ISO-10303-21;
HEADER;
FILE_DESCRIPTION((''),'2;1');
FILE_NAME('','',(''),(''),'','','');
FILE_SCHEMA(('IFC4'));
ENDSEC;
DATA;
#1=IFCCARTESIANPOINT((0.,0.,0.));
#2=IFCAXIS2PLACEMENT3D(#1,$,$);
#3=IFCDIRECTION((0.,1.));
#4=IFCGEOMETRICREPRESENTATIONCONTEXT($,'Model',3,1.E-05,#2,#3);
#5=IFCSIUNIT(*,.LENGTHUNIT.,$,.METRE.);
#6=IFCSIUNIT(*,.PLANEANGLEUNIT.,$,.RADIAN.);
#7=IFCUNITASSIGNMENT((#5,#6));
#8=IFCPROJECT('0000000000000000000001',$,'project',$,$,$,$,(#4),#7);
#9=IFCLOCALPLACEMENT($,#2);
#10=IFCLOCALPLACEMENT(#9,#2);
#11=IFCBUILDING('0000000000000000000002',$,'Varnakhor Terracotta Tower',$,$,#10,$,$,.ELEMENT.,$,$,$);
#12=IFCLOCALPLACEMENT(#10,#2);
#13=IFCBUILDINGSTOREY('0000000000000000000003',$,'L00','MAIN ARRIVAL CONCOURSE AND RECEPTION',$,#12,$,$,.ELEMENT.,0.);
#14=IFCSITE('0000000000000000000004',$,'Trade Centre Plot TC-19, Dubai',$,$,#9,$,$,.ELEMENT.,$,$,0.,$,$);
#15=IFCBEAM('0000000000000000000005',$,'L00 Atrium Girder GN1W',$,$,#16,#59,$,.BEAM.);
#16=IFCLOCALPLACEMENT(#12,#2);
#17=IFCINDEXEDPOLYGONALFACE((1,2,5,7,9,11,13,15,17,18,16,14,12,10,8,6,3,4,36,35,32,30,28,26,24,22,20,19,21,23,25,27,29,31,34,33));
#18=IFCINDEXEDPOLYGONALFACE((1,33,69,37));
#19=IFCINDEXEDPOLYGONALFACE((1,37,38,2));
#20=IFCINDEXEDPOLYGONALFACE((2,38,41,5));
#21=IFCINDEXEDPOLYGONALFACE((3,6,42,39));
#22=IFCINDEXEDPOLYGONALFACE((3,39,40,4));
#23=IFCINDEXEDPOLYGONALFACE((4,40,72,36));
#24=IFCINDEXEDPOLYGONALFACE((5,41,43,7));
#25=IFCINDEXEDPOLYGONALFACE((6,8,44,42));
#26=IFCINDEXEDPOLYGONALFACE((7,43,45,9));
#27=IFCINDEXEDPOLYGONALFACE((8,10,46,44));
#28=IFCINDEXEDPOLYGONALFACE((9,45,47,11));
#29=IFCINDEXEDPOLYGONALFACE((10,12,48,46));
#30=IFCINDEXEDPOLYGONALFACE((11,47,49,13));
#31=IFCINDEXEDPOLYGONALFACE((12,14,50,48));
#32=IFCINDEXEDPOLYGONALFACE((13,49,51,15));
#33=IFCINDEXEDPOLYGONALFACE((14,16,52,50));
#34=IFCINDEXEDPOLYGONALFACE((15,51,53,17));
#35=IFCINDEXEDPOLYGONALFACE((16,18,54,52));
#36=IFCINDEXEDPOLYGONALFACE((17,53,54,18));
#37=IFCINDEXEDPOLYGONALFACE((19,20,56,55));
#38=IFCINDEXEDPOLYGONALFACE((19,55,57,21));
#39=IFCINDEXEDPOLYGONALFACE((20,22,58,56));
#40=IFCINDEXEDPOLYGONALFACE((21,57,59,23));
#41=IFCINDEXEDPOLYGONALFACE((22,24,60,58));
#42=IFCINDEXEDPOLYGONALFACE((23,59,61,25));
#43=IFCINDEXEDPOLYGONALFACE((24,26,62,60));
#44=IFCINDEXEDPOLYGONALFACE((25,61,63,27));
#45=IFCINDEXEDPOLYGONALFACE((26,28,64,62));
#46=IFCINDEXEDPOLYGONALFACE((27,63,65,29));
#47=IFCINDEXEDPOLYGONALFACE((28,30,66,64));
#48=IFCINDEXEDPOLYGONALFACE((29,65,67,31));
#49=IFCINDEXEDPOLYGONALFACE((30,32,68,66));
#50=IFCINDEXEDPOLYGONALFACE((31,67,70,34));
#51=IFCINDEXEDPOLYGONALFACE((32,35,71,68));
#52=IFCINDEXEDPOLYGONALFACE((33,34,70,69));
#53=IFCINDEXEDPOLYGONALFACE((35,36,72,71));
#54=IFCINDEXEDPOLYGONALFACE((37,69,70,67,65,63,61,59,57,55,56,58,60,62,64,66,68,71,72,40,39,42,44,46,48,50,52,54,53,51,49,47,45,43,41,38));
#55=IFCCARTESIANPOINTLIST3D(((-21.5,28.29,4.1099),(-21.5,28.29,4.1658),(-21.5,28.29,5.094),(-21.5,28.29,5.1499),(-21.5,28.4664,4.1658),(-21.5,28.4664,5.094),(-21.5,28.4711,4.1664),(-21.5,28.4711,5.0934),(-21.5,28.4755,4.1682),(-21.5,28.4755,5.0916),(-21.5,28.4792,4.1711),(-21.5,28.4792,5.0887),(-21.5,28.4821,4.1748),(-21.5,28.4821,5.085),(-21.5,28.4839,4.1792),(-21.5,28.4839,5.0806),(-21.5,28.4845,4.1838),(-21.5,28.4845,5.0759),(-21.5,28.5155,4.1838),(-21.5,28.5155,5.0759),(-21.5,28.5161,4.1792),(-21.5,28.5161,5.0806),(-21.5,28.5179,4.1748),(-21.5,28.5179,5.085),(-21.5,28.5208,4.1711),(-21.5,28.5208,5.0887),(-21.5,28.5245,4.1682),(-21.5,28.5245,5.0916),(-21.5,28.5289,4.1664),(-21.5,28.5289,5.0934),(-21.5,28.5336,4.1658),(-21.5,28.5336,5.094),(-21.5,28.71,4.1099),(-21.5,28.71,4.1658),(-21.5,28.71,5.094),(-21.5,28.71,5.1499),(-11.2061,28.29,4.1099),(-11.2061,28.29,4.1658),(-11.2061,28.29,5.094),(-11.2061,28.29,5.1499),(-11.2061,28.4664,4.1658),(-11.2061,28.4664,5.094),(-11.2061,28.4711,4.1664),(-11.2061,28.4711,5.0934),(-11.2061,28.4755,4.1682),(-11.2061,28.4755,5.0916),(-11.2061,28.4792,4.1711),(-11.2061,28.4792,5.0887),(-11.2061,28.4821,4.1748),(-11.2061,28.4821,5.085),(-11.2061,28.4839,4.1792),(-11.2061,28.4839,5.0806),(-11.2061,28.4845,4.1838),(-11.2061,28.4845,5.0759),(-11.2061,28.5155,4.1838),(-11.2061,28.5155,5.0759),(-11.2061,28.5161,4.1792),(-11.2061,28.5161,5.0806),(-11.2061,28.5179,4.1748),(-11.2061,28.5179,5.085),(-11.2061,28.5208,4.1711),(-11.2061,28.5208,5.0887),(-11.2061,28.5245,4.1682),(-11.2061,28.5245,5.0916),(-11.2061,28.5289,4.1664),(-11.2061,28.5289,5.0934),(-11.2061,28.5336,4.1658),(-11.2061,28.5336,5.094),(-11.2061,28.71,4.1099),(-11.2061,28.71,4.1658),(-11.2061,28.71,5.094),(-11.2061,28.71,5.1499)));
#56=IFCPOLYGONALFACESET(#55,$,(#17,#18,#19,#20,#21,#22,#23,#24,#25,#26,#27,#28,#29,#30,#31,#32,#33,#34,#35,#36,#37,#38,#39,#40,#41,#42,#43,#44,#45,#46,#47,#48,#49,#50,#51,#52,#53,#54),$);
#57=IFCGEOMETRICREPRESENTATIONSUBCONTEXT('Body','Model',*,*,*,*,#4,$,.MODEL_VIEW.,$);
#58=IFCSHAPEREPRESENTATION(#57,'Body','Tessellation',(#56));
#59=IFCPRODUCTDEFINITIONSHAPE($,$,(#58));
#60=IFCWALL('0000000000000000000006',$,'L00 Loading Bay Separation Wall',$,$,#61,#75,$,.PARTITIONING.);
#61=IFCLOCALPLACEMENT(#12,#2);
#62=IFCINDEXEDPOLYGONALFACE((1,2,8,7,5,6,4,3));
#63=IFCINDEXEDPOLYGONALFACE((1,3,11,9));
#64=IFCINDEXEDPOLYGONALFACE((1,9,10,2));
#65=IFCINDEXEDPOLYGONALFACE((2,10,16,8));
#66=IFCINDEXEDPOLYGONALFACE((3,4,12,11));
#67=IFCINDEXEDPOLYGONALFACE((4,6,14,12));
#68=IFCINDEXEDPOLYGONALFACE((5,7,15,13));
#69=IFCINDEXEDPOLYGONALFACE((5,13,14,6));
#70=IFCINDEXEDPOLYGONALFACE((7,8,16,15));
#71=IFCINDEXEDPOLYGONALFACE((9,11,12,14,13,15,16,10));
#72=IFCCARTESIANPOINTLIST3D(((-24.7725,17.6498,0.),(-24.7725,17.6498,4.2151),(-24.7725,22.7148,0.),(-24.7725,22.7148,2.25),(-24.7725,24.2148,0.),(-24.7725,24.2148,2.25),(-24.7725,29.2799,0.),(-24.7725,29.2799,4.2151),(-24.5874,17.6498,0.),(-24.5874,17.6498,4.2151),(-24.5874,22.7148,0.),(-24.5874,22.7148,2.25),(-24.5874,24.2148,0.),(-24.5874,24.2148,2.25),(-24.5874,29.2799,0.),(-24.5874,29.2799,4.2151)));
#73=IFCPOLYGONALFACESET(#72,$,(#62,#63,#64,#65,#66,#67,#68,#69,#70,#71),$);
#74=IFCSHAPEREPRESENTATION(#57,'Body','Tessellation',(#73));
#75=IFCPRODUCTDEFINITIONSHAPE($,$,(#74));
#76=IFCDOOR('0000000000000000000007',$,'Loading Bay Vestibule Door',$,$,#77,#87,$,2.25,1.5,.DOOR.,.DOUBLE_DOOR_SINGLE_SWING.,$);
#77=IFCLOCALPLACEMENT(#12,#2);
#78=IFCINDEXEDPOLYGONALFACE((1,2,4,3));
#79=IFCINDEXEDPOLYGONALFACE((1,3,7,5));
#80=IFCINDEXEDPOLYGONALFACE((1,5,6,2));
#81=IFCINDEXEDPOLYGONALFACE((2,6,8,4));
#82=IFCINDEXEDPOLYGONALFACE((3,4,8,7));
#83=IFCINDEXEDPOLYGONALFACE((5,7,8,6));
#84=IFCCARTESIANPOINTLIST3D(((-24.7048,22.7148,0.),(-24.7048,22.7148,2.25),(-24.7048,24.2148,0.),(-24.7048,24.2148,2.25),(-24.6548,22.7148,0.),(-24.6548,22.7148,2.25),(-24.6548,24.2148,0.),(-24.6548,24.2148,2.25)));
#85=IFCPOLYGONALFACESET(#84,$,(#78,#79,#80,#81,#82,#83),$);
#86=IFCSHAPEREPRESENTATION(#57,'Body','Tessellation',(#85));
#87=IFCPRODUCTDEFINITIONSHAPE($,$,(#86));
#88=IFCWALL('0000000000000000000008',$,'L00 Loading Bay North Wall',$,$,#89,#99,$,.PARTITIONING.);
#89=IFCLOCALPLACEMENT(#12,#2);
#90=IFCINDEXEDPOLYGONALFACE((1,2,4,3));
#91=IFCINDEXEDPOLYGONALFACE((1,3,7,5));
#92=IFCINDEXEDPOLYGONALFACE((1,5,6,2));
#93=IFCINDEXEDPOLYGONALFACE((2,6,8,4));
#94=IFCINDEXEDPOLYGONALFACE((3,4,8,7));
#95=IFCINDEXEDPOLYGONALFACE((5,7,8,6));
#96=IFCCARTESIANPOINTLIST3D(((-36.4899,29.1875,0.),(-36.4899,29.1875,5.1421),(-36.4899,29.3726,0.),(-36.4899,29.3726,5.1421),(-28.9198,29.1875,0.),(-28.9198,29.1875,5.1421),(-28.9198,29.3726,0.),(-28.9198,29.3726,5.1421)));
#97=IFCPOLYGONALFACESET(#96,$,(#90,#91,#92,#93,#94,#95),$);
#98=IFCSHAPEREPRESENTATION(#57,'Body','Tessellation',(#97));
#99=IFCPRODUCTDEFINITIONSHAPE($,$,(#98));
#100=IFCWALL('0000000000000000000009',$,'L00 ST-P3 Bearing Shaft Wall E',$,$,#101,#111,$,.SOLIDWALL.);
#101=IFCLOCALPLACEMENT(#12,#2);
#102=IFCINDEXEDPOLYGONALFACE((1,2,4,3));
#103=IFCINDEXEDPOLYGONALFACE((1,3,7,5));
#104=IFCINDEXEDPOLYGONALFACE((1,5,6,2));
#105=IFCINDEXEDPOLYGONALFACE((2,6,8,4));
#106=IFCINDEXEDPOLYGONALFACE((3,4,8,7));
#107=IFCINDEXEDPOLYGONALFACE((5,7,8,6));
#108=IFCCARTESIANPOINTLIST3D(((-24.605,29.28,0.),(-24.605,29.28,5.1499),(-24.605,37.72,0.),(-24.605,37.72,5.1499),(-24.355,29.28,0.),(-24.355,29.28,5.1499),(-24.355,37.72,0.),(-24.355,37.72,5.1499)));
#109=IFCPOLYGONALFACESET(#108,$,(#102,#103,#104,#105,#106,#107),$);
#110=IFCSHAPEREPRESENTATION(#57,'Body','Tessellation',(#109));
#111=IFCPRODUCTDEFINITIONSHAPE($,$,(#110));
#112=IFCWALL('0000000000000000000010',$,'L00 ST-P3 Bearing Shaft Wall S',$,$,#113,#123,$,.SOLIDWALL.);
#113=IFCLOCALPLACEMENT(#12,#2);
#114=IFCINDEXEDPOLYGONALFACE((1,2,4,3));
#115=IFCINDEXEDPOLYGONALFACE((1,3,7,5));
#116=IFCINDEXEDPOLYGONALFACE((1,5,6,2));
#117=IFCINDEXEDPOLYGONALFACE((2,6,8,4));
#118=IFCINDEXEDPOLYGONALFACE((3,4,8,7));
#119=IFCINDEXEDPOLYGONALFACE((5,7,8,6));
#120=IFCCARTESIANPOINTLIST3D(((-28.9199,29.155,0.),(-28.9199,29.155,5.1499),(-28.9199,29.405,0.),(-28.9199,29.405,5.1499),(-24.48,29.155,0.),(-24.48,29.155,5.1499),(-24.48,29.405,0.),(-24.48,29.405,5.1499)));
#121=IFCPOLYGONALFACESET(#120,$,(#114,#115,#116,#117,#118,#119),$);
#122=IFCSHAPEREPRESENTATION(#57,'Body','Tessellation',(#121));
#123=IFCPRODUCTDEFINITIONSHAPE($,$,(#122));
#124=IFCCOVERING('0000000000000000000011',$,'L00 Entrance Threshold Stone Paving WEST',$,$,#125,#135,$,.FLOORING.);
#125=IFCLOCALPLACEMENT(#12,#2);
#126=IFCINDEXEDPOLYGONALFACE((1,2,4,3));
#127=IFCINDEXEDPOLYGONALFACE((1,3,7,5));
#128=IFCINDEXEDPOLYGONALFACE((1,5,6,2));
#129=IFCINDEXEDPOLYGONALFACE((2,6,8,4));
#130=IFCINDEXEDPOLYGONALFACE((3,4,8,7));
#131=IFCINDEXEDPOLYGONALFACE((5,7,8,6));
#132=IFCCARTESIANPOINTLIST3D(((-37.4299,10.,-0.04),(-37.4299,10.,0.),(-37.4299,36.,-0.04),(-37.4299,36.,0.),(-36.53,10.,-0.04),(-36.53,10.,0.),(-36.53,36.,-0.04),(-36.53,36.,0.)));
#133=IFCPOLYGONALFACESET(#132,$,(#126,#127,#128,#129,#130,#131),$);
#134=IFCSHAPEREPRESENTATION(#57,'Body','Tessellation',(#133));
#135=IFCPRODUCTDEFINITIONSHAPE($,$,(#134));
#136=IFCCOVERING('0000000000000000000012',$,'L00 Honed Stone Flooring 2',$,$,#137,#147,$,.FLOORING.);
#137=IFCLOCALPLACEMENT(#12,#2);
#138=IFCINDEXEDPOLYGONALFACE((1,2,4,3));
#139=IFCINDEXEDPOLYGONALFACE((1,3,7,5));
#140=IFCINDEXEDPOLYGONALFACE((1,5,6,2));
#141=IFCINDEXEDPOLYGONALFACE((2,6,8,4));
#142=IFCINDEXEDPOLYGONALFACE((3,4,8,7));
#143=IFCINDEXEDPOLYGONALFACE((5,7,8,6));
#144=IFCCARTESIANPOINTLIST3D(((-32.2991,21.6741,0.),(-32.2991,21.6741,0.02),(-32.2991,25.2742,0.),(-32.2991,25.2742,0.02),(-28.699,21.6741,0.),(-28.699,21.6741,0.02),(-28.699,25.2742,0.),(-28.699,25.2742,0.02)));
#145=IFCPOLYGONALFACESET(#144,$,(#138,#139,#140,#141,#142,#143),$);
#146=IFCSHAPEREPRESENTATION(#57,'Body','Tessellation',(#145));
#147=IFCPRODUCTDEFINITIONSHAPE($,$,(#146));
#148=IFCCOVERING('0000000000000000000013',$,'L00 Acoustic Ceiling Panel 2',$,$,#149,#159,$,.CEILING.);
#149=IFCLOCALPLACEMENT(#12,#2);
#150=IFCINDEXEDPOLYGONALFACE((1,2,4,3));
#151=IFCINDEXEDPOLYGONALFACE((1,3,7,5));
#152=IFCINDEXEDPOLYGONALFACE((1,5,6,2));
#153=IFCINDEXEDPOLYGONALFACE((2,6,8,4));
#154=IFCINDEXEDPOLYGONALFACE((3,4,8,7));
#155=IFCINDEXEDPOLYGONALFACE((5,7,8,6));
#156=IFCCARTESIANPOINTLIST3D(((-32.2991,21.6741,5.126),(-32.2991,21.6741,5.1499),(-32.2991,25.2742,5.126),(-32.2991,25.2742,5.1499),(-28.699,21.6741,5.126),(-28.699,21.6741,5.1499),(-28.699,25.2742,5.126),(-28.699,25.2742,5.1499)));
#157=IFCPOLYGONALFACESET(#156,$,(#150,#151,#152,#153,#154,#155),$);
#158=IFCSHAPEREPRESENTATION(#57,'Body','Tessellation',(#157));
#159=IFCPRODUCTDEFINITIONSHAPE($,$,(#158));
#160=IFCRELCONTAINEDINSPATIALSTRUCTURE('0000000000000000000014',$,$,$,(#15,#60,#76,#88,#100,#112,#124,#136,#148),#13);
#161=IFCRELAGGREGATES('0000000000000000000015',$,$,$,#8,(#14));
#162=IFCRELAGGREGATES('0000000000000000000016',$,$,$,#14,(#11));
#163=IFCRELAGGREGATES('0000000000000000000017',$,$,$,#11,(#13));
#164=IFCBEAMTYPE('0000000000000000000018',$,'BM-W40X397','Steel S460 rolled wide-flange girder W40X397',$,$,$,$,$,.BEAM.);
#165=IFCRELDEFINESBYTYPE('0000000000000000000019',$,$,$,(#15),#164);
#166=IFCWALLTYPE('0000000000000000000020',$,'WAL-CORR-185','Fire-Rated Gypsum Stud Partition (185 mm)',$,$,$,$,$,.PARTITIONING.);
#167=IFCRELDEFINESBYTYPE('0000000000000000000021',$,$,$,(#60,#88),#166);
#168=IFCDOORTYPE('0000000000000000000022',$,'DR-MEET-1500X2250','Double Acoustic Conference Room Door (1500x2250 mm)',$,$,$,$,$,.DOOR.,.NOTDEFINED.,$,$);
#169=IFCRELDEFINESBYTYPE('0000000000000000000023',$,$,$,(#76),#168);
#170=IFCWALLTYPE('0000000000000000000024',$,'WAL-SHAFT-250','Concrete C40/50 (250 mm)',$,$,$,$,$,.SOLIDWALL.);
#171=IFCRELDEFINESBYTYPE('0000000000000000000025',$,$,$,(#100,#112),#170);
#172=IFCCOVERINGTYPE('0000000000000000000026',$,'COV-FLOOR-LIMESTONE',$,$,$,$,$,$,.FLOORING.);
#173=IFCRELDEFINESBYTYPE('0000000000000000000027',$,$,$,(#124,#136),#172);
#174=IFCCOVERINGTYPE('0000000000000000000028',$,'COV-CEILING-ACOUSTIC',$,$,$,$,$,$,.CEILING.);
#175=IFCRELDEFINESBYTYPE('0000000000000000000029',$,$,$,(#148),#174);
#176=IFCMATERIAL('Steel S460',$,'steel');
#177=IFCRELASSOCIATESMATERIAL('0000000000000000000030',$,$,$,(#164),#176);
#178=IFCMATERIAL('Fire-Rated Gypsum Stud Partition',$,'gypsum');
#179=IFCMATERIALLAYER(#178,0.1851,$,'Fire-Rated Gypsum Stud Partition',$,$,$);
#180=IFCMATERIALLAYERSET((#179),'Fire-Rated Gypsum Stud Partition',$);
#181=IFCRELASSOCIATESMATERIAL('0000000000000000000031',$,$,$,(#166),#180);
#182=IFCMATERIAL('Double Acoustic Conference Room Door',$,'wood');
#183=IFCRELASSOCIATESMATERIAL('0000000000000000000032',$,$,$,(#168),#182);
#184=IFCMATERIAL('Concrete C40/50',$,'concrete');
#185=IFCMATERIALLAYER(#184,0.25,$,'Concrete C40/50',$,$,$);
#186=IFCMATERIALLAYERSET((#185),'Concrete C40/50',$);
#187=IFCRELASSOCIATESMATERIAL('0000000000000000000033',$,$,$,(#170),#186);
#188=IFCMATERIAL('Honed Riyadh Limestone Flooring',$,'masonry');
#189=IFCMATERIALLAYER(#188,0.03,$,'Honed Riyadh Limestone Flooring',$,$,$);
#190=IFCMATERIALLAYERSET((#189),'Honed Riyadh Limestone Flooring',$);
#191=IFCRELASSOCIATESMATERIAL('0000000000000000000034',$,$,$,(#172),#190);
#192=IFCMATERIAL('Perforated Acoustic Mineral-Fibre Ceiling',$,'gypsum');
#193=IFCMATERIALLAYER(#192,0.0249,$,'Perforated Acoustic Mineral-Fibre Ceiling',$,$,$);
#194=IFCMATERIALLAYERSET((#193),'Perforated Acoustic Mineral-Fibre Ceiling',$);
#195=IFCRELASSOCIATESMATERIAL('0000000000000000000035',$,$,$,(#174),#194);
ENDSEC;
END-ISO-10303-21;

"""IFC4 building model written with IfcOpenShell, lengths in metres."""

from ifc_helpers import new_model, si_unit, direction, frame, frame_2d, origin, origin_2d, place, context, subcontext, project, spatial, rectangle, i_section, extrude, source, transform, mapped, material, layer, layer_set, material_profile, profile_set, type_object, type_shapes, element, fill, save


model = new_model("IFC4")

# Units and contexts
model_context = context("Model", 3, precision=1e-05, world=origin(), true_north=direction((0.0, 1.0)))
body_context = subcontext(model_context, "Body", "Model", "MODEL_VIEW")
ifc_project = project(units=[si_unit("LENGTHUNIT", "METRE"), si_unit("PLANEANGLEUNIT", "RADIAN")], contexts=[model_context])

# Site, building, storey
site_placement = place(None, origin())
site = spatial("IfcSite", under=ifc_project, at=site_placement, Name="Trade Centre Plot TC-19, Dubai", CompositionType="ELEMENT", RefElevation=0.0)
building_placement = place(site_placement, origin())
building = spatial("IfcBuilding", under=site, at=building_placement, Name="Varnakhor Terracotta Tower", CompositionType="ELEMENT")
storey_placement = place(building_placement, origin())
storey = spatial("IfcBuildingStorey", under=building, at=storey_placement, Name="L00", Description="MAIN ARRIVAL CONCOURSE AND RECEPTION", CompositionType="ELEMENT", Elevation=0.0)

# Shared definitions
ifc_material_1 = material(Name="Steel S460", Category="steel")

# Beam
ifc_material_profile_1 = material_profile(ifc_material_1, i_section(OverallWidth=0.4199, OverallDepth=1.04, WebThickness=0.031, FlangeThickness=0.0559, FilletRadius=0.0181, at=origin_2d()), Name="W40X397")
ifc_profile_set_1 = profile_set([ifc_material_profile_1], Name="Steel S460")
beam_type_1 = type_object("IfcBeamType", Name="BM-W40X397", Description="Steel S460 rolled wide-flange girder W40X397", PredefinedType="BEAM", material=ifc_profile_set_1)
shared_shape_1 = source(origin(), body_context, "Body", "SweptSolid", [
    extrude(i_section(OverallWidth=0.4199, OverallDepth=1.04, WebThickness=0.031, FlangeThickness=0.0559, FilletRadius=0.0181, at=origin_2d()), origin(), (0.0, 0.0, 1.0), 10.2939),
])
beam_1_placement = place(storey_placement, frame((-21.5, 28.5, 4.6299), z_axis=(1.0, 0.0, 0.0), x_axis=(0.0, 1.0, 0.0)))
element("IfcBeam", 1, at=beam_1_placement, inside=storey, type_object=beam_type_1, Name="L00 Atrium Girder GN1W", PredefinedType="BEAM", context=body_context, shape_type="MappedRepresentation", body=[
    mapped(shared_shape_1, transform((0.0, 0.0, 0.0), scale=1.0)),
])

# Wall, opening, door
ifc_material_2 = material(Name="Fire-Rated Gypsum Stud Partition", Category="gypsum")
ifc_layer_1 = layer(ifc_material_2, 0.1851, Name="Fire-Rated Gypsum Stud Partition")
ifc_layer_set_1 = layer_set([ifc_layer_1], Name="Fire-Rated Gypsum Stud Partition")
wall_type_1 = type_object("IfcWallType", Name="WAL-CORR-185", Description="Fire-Rated Gypsum Stud Partition (185 mm)", PredefinedType="PARTITIONING", material=ifc_layer_set_1)
wall_1_placement = place(storey_placement, frame((-24.6799, 17.6499, 0.0), z_axis=(0.0, 0.0, 1.0), x_axis=(0.0, 1.0, 0.0)))
wall_1 = element("IfcWall", 2, at=wall_1_placement, inside=storey, type_object=wall_type_1, Name="L00 Loading Bay Separation Wall", PredefinedType="PARTITIONING", context=body_context, shape_type="SweptSolid", body=[
    extrude(rectangle(XDim=11.6301, YDim=0.1851, at=frame_2d((5.8149, 0.0))), origin(), (0.0, 0.0, 1.0), 4.2151),
])
opening_placement = place(wall_1_placement, frame((5.0649, 0.0, 0.0)))
opening = element("IfcOpeningElement", 3, at=opening_placement, cuts=wall_1, PredefinedType="OPENING", context=body_context, shape_type="SweptSolid", body=[
    extrude(rectangle(XDim=1.5, YDim=2.25, at=frame_2d((0.75, 1.125))), frame((0.0, 0.1025, 0.0), z_axis=(0.0, -1.0, 0.0), x_axis=(1.0, 0.0, 0.0)), (0.0, 0.0, 1.0), 0.2051),
])
ifc_material_3 = material(Name="Double Acoustic Conference Room Door", Category="wood")
door_type = type_object("IfcDoorType", Name="DR-MEET-1500X2250", Description="Double Acoustic Conference Room Door (1500x2250 mm)", OperationType="NOTDEFINED", PredefinedType="DOOR", material=ifc_material_3)
shared_shape_2 = source(origin(), body_context, "Body", "SweptSolid", [
    extrude(rectangle(XDim=1.5, YDim=2.25, at=frame_2d((0.75, 1.125))), frame((0.0, 0.0249, 0.0), z_axis=(0.0, -1.0, 0.0), x_axis=(1.0, 0.0, 0.0)), (0.0, 0.0, 1.0), 0.05),
])
type_shapes(door_type, [shared_shape_2])
door_placement = place(opening_placement, origin())
door = element("IfcDoor", 4, at=door_placement, inside=storey, type_object=door_type, Name="Loading Bay Vestibule Door", OperationType="DOUBLE_DOOR_SINGLE_SWING", OverallHeight=2.25, OverallWidth=1.5, PredefinedType="DOOR", context=body_context, shape_type="MappedRepresentation", body=[
    mapped(shared_shape_2, transform((0.0, 0.0, 0.0), scale=1.0)),
])
fill(opening, door)

# Walls
wall_2_placement = place(storey_placement, frame((-36.49, 29.28, 0.0), z_axis=(0.0, 0.0, 1.0), x_axis=(1.0, 0.0, 0.0)))
element("IfcWall", 5, at=wall_2_placement, inside=storey, type_object=wall_type_1, Name="L00 Loading Bay North Wall", PredefinedType="PARTITIONING", context=body_context, shape_type="SweptSolid", body=[
    extrude(rectangle(XDim=7.5701, YDim=0.1851, at=frame_2d((3.7852, 0.0))), origin(), (0.0, 0.0, 1.0), 5.1421),
])
ifc_material_4 = material(Name="Concrete C40/50", Category="concrete")
ifc_layer_2 = layer(ifc_material_4, 0.25, Name="Concrete C40/50")
ifc_layer_set_2 = layer_set([ifc_layer_2], Name="Concrete C40/50")
wall_type_2 = type_object("IfcWallType", Name="WAL-SHAFT-250", Description="Concrete C40/50 (250 mm)", PredefinedType="SOLIDWALL", material=ifc_layer_set_2)
wall_3_placement = place(storey_placement, frame((-24.48, 29.28, 0.0), z_axis=(0.0, 0.0, 1.0), x_axis=(0.0, 1.0, 0.0)))
element("IfcWall", 6, at=wall_3_placement, inside=storey, type_object=wall_type_2, Name="L00 ST-P3 Bearing Shaft Wall E", PredefinedType="SOLIDWALL", context=body_context, shape_type="SweptSolid", body=[
    extrude(rectangle(XDim=8.4399, YDim=0.25, at=frame_2d((4.22, 0.0))), origin(), (0.0, 0.0, 1.0), 5.1499),
])
wall_4_placement = place(storey_placement, frame((-24.48, 29.28, 0.0), z_axis=(0.0, 0.0, 1.0), x_axis=(-1.0, 0.0, 0.0)))
element("IfcWall", 7, at=wall_4_placement, inside=storey, type_object=wall_type_2, Name="L00 ST-P3 Bearing Shaft Wall S", PredefinedType="SOLIDWALL", context=body_context, shape_type="SweptSolid", body=[
    extrude(rectangle(XDim=4.4399, YDim=0.25, at=frame_2d((2.22, 0.0))), origin(), (0.0, 0.0, 1.0), 5.1499),
])

# Coverings
ifc_material_5 = material(Name="Honed Riyadh Limestone Flooring", Category="masonry")
ifc_layer_3 = layer(ifc_material_5, 0.03, Name="Honed Riyadh Limestone Flooring")
ifc_layer_set_3 = layer_set([ifc_layer_3], Name="Honed Riyadh Limestone Flooring")
covering_type_1 = type_object("IfcCoveringType", Name="COV-FLOOR-LIMESTONE", PredefinedType="FLOORING", material=ifc_layer_set_3)
shared_shape_3 = source(origin(), body_context, "Body", "SweptSolid", [
    extrude(rectangle(XDim=0.8999, YDim=26.0, at=origin_2d()), origin(), (0.0, 0.0, 1.0), 0.04),
])
type_shapes(covering_type_1, [shared_shape_3])
covering_1_placement = place(storey_placement, frame((-36.98, 23.0, -0.04), z_axis=(0.0, 0.0, 1.0), x_axis=(1.0, 0.0, 0.0)))
element("IfcCovering", 8, at=covering_1_placement, inside=storey, type_object=covering_type_1, Name="L00 Entrance Threshold Stone Paving WEST", PredefinedType="FLOORING", context=body_context, shape_type="MappedRepresentation", body=[
    mapped(shared_shape_3, transform((0.0, 0.0, 0.0), scale=1.0)),
])
shared_shape_4 = source(origin(), body_context, "Body", "SweptSolid", [
    extrude(rectangle(XDim=3.6001, YDim=3.6001, at=origin_2d()), origin(), (0.0, 0.0, 1.0), 0.02),
])
covering_2_placement = place(storey_placement, frame((-30.499, 23.4741, 0.0), z_axis=(0.0, 0.0, 1.0), x_axis=(1.0, 0.0, 0.0)))
element("IfcCovering", 9, at=covering_2_placement, inside=storey, type_object=covering_type_1, Name="L00 Honed Stone Flooring 2", PredefinedType="FLOORING", context=body_context, shape_type="MappedRepresentation", body=[
    mapped(shared_shape_4, transform((0.0, 0.0, 0.0), scale=1.0)),
])
ifc_material_6 = material(Name="Perforated Acoustic Mineral-Fibre Ceiling", Category="gypsum")
ifc_layer_4 = layer(ifc_material_6, 0.0249, Name="Perforated Acoustic Mineral-Fibre Ceiling")
ifc_layer_set_4 = layer_set([ifc_layer_4], Name="Perforated Acoustic Mineral-Fibre Ceiling")
covering_type_2 = type_object("IfcCoveringType", Name="COV-CEILING-ACOUSTIC", PredefinedType="CEILING", material=ifc_layer_set_4)
shared_shape_5 = source(origin(), body_context, "Body", "SweptSolid", [
    extrude(rectangle(XDim=3.6001, YDim=3.6001, at=origin_2d()), origin(), (0.0, 0.0, 1.0), 0.0239),
])
covering_3_placement = place(storey_placement, frame((-30.499, 23.4741, 5.126), z_axis=(0.0, 0.0, 1.0), x_axis=(1.0, 0.0, 0.0)))
element("IfcCovering", 10, at=covering_3_placement, inside=storey, type_object=covering_type_2, Name="L00 Acoustic Ceiling Panel 2", PredefinedType="CEILING", context=body_context, shape_type="MappedRepresentation", body=[
    mapped(shared_shape_5, transform((0.0, 0.0, 0.0), scale=1.0)),
])

save(model, "model.ifc")
